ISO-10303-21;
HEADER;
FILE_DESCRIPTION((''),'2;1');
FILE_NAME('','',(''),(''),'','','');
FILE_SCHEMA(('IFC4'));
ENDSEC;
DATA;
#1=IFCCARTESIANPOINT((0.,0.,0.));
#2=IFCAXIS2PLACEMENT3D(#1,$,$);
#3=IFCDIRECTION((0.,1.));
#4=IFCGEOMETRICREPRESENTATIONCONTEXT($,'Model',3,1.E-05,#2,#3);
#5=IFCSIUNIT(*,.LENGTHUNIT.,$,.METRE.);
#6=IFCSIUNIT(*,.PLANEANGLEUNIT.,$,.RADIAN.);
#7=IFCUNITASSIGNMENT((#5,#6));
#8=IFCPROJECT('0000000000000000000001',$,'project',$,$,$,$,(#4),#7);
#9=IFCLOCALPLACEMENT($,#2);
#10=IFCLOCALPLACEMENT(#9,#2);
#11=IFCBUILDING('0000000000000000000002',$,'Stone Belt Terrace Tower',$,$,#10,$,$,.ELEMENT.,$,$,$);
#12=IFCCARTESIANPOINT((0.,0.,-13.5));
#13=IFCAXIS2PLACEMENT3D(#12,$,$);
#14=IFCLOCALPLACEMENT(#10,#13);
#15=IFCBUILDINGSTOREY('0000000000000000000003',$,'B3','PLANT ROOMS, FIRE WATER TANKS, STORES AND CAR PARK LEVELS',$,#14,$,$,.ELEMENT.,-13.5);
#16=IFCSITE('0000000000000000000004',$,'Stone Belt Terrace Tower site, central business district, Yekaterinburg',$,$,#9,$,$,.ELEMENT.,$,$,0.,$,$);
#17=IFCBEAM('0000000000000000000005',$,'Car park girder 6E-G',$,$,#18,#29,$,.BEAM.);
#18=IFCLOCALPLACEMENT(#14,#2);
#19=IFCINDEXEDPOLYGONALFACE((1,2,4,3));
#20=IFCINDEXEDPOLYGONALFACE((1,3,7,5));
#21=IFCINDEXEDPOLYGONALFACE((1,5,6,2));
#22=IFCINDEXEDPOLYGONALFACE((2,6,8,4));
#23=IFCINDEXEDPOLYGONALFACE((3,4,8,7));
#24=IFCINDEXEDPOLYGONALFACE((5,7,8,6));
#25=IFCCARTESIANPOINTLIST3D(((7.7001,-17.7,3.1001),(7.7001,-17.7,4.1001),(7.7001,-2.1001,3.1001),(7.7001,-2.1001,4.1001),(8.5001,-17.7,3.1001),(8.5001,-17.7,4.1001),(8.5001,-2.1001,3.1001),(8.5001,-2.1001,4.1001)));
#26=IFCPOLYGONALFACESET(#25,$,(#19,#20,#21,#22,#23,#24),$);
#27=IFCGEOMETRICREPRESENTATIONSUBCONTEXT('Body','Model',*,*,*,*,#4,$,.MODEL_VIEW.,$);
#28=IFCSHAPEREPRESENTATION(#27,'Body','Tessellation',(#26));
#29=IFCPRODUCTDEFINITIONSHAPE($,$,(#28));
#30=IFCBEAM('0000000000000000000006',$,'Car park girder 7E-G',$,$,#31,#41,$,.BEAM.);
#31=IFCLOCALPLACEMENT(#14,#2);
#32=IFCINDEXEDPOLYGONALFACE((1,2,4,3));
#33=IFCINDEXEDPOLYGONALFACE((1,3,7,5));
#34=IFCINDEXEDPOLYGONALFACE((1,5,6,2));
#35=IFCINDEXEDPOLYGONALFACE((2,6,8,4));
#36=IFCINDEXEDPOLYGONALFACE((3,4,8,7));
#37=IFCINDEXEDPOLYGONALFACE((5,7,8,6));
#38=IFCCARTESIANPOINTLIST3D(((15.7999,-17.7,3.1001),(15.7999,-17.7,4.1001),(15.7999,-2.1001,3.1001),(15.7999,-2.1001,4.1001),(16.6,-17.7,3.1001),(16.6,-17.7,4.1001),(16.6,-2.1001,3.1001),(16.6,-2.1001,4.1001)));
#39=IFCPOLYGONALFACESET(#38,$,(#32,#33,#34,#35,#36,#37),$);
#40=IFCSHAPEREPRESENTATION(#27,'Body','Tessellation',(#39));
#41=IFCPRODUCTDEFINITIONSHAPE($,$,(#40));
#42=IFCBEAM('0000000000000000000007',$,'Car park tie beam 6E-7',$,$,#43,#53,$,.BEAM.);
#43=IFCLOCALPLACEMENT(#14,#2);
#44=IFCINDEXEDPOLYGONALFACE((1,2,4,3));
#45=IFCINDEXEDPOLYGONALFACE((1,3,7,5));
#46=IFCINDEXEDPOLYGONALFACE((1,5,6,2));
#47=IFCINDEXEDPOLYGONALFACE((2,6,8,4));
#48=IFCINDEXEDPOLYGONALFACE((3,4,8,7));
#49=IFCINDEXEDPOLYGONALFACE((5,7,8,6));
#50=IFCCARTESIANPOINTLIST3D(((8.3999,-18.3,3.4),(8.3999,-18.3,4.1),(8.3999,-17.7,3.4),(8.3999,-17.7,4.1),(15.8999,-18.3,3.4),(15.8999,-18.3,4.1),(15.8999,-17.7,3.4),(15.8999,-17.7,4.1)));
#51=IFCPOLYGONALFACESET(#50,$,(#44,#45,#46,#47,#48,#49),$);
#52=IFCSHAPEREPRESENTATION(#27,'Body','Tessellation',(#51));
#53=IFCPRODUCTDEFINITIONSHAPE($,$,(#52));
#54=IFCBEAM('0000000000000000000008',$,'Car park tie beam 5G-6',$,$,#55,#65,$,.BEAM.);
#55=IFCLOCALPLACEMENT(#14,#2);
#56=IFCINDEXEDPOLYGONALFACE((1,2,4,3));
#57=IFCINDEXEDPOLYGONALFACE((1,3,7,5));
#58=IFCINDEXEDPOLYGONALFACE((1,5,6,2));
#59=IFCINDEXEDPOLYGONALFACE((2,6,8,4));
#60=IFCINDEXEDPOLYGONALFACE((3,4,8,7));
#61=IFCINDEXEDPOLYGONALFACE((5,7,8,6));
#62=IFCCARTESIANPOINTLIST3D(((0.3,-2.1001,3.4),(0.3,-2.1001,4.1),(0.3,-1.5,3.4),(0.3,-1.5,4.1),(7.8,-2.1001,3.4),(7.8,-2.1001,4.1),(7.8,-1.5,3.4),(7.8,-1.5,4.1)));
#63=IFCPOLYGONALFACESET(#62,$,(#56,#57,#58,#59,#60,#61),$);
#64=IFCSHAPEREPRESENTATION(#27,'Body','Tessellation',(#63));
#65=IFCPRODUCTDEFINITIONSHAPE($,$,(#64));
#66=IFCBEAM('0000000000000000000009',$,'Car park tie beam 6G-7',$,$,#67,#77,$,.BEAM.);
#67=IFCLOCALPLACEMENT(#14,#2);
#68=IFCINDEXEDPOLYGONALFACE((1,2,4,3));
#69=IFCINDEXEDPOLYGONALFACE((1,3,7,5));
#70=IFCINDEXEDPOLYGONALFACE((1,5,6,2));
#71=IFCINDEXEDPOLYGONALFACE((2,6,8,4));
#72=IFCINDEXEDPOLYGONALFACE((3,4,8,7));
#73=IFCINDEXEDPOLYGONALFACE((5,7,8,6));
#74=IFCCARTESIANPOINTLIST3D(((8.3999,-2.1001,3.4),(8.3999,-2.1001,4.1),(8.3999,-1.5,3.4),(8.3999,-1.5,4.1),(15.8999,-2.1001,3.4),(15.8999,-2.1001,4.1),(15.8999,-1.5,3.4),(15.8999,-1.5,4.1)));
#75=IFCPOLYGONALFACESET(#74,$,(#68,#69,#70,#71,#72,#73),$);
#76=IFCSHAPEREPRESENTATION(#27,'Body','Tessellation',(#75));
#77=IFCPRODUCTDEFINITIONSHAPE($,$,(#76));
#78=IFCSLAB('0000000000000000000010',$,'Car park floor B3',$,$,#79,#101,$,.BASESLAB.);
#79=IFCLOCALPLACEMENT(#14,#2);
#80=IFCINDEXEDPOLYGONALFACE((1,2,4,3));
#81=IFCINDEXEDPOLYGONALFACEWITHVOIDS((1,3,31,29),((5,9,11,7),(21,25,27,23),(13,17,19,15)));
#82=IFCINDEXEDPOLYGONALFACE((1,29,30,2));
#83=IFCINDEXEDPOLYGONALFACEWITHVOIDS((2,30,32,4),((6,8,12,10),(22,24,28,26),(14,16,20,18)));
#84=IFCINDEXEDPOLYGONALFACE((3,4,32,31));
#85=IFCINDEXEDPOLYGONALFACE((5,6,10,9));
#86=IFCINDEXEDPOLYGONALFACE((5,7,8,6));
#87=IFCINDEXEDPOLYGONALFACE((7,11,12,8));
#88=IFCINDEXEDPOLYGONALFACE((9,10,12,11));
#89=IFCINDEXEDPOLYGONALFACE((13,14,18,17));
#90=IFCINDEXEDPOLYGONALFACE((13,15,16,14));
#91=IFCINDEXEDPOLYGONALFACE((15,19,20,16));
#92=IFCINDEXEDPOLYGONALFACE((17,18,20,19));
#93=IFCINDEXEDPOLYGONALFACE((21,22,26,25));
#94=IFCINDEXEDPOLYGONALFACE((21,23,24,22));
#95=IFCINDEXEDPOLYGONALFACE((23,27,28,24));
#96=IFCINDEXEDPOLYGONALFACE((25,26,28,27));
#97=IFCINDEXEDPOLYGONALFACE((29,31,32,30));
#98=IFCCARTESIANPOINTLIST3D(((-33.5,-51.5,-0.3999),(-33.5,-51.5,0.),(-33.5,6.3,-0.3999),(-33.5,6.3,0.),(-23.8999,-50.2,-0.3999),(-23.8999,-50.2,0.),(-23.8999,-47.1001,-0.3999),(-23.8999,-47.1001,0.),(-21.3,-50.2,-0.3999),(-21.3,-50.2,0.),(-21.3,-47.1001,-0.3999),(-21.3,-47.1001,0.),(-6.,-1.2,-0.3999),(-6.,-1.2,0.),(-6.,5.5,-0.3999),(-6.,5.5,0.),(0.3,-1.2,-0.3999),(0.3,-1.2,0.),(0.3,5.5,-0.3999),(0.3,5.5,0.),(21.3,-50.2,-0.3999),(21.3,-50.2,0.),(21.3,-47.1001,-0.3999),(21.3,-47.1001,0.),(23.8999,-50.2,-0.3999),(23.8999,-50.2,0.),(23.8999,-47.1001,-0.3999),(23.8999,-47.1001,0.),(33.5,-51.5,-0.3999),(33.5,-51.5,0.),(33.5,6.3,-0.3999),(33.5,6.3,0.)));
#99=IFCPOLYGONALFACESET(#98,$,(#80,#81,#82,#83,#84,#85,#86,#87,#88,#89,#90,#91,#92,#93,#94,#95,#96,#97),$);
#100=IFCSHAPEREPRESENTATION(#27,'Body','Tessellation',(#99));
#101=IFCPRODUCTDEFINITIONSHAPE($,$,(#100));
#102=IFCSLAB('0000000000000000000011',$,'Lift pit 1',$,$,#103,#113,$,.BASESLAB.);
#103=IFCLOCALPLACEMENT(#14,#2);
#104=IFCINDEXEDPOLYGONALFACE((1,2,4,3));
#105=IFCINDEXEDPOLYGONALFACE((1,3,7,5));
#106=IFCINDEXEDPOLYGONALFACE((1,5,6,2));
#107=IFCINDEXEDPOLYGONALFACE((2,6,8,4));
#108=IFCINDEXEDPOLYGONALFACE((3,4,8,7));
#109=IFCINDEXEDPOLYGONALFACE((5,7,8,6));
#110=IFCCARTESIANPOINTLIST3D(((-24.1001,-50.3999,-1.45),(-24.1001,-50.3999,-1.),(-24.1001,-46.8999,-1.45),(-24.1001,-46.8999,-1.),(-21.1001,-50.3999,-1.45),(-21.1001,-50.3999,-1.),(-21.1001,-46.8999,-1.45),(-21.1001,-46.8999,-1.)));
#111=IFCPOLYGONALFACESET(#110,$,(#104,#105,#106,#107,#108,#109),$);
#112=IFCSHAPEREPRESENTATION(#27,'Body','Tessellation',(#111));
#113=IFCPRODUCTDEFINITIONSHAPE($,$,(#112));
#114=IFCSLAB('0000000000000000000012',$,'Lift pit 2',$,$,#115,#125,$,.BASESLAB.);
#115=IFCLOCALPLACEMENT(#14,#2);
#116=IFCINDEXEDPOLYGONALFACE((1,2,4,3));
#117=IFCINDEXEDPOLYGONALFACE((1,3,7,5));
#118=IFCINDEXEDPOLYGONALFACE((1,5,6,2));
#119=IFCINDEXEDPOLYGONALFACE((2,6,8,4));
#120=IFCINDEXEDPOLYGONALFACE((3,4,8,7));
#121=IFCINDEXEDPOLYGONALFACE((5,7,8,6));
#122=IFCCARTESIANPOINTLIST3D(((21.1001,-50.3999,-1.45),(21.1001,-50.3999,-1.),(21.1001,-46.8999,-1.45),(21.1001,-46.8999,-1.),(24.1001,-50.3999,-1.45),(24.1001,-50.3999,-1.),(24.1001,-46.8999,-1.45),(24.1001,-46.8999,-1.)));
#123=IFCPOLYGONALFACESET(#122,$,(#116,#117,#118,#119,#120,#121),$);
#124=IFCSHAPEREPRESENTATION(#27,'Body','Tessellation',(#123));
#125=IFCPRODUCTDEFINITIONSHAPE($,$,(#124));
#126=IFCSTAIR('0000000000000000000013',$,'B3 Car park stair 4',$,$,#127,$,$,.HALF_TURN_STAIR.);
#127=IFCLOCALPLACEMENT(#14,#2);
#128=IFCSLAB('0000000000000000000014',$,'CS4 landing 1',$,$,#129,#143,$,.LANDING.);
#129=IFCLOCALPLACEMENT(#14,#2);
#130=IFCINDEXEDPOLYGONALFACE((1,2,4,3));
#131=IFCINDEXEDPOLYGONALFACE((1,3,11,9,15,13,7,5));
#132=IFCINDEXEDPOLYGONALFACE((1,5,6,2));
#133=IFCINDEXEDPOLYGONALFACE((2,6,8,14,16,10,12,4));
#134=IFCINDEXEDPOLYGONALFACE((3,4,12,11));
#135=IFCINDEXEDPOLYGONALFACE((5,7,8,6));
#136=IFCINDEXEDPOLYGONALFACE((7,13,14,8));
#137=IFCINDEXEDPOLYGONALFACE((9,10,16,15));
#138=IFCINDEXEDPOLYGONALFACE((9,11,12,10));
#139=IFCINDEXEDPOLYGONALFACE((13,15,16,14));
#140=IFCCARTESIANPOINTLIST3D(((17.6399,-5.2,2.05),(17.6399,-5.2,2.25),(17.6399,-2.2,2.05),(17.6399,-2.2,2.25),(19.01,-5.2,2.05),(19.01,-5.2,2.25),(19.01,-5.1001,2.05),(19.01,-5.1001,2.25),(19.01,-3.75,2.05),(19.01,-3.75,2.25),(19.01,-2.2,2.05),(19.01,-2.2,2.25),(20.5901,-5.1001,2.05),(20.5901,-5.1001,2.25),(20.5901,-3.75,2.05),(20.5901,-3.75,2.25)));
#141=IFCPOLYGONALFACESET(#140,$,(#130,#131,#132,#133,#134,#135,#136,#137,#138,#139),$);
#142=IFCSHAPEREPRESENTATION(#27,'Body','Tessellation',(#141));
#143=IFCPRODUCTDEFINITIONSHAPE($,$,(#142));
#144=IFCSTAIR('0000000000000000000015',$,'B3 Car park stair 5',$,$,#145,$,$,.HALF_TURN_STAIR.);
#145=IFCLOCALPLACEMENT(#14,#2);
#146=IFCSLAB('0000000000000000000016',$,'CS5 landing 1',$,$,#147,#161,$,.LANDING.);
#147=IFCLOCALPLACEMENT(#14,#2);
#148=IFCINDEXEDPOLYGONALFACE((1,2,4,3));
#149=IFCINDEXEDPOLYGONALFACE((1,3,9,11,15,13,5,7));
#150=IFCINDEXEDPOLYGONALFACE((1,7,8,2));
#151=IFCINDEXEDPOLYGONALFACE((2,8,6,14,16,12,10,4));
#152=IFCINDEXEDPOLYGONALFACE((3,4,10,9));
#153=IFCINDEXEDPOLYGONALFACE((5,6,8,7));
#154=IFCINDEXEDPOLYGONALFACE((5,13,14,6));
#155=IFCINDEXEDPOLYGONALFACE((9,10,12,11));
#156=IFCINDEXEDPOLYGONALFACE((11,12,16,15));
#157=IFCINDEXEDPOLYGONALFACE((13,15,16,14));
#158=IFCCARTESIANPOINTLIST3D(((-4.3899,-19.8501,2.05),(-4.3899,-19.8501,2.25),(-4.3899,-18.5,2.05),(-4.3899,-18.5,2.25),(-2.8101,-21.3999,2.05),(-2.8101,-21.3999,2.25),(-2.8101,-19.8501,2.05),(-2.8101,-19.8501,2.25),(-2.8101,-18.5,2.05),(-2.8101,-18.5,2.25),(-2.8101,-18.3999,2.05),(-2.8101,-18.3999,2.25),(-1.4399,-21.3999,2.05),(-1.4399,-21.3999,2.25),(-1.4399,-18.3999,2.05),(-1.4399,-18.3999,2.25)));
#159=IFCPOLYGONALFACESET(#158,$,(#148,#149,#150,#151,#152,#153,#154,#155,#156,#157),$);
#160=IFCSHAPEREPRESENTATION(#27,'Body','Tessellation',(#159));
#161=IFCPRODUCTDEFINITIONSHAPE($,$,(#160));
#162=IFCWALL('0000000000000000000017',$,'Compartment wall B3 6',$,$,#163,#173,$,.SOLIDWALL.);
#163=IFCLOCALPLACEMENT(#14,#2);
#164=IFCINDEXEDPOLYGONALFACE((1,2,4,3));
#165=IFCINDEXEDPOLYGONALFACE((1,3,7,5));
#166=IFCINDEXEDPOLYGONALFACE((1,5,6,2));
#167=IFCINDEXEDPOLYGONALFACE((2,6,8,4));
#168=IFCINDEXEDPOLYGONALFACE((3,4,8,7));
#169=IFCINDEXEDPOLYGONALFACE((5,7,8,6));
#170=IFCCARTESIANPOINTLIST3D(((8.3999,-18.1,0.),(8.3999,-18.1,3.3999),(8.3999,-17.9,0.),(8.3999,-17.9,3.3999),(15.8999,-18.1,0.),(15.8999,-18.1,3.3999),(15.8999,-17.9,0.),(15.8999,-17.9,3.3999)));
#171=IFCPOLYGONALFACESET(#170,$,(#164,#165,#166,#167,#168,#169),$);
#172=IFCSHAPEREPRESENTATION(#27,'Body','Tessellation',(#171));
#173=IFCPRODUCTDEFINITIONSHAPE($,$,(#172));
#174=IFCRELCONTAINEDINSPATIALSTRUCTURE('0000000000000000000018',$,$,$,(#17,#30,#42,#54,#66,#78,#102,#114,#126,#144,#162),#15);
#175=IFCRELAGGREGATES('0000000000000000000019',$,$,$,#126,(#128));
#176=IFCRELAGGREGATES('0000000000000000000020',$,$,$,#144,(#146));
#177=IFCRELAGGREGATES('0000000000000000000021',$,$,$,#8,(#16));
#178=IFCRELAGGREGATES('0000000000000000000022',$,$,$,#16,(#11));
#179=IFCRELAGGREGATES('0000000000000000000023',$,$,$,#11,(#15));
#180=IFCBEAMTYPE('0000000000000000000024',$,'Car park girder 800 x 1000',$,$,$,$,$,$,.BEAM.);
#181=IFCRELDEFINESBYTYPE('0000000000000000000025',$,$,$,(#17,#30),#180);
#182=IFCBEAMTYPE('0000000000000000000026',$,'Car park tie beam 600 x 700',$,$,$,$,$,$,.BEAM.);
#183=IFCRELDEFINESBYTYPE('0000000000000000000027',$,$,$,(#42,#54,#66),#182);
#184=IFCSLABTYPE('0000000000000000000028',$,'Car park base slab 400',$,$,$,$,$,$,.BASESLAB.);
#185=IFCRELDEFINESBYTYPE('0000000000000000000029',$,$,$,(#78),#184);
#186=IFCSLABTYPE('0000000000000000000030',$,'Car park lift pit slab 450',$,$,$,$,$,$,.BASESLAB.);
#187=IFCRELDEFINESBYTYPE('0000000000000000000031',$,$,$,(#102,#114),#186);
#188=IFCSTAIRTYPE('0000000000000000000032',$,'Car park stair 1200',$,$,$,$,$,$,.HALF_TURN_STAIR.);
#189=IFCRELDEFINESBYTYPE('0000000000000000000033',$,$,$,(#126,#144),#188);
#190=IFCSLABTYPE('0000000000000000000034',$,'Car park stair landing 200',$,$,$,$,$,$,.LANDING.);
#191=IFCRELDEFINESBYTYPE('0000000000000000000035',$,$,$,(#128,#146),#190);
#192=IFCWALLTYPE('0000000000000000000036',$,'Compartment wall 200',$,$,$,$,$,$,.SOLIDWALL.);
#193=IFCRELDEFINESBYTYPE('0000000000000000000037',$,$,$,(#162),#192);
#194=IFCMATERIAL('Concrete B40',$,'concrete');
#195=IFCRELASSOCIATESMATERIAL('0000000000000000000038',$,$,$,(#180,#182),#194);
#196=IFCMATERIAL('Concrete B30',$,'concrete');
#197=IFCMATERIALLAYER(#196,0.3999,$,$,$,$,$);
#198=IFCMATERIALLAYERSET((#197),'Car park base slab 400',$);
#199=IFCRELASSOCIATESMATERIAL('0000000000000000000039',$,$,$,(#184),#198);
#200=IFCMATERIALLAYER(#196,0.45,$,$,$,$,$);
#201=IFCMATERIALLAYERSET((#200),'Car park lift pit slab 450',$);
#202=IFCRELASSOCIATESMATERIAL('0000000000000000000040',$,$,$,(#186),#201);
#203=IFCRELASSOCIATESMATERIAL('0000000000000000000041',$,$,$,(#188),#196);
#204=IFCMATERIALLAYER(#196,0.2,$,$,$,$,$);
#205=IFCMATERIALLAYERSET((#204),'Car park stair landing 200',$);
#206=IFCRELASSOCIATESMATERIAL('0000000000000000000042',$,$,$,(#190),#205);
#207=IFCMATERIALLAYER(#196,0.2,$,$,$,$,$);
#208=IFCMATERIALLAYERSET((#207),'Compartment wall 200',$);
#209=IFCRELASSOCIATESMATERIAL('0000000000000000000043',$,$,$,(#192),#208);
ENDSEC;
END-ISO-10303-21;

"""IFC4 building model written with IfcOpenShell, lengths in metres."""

from ifc_helpers import new_model, si_unit, direction, frame, frame_2d, origin, origin_2d, place, context, subcontext, project, spatial, polyline, rectangle, outline, extrude, material, layer, layer_set, material_profile, profile_set, type_object, element, aggregate, save


model = new_model("IFC4")

# Units and contexts
model_context = context("Model", 3, precision=1e-05, world=origin(), true_north=direction((0.0, 1.0)))
body_context = subcontext(model_context, "Body", "Model", "MODEL_VIEW")
ifc_project = project(units=[si_unit("LENGTHUNIT", "METRE"), si_unit("PLANEANGLEUNIT", "RADIAN")], contexts=[model_context])

# Site, building, storey
site_placement = place(None, origin())
site = spatial("IfcSite", under=ifc_project, at=site_placement, Name="Stone Belt Terrace Tower site, central business district, Yekaterinburg", CompositionType="ELEMENT", RefElevation=0.0)
building_placement = place(site_placement, origin())
building = spatial("IfcBuilding", under=site, at=building_placement, Name="Stone Belt Terrace Tower", CompositionType="ELEMENT")
storey_placement = place(building_placement, frame((0.0, 0.0, -13.5)))
storey = spatial("IfcBuildingStorey", under=building, at=storey_placement, Name="B3", Description="PLANT ROOMS, FIRE WATER TANKS, STORES AND CAR PARK LEVELS", CompositionType="ELEMENT", Elevation=-13.5)

# Shared definitions
ifc_material_1 = material(Name="Concrete B30", Category="concrete")

# Beams
ifc_material_2 = material(Name="Concrete B40", Category="concrete")
ifc_material_profile_1 = material_profile(ifc_material_2, rectangle(XDim=0.8, YDim=1.0, at=origin_2d()), Name="Car park girder 800 x 1000")
ifc_profile_set_1 = profile_set([ifc_material_profile_1], Name="Concrete B40")
beam_type_1 = type_object("IfcBeamType", Name="Car park girder 800 x 1000", PredefinedType="BEAM", material=ifc_profile_set_1)
for number, where, z_axis, x_axis, name in (
    (1, (8.1001, -17.7, 3.6001), (0.0, 1.0, 0.0), (-1.0, 0.0, 0.0), "Car park girder 6E-G"),
    (2, (16.2, -17.7, 3.6001), (0.0, 1.0, 0.0), (-1.0, 0.0, 0.0), "Car park girder 7E-G"),
):
    element("IfcBeam", number, at=place(storey_placement, frame(where, z_axis=z_axis, x_axis=x_axis)), inside=storey, type_object=beam_type_1, Name=name, PredefinedType="BEAM", context=body_context, shape_type="SweptSolid", body=[
        extrude(rectangle(XDim=0.8, YDim=1.0, at=origin_2d()), origin(), (0.0, 0.0, 1.0), 15.5999),
    ])
ifc_material_profile_2 = material_profile(ifc_material_2, rectangle(XDim=0.6001, YDim=0.7, at=origin_2d()), Name="Car park tie beam 600 x 700")
ifc_profile_set_2 = profile_set([ifc_material_profile_2], Name="Concrete B40")
beam_type_2 = type_object("IfcBeamType", Name="Car park tie beam 600 x 700", PredefinedType="BEAM", material=ifc_profile_set_2)
for number, where, z_axis, x_axis, name in (
    (3, (8.3999, -18.0, 3.75), (1.0, 0.0, 0.0), (0.0, 1.0, 0.0), "Car park tie beam 6E-7"),
    (4, (0.3, -1.8, 3.75), (1.0, 0.0, 0.0), (0.0, 1.0, 0.0), "Car park tie beam 5G-6"),
    (5, (8.3999, -1.8, 3.75), (1.0, 0.0, 0.0), (0.0, 1.0, 0.0), "Car park tie beam 6G-7"),
):
    element("IfcBeam", number, at=place(storey_placement, frame(where, z_axis=z_axis, x_axis=x_axis)), inside=storey, type_object=beam_type_2, Name=name, PredefinedType="BEAM", context=body_context, shape_type="SweptSolid", body=[
        extrude(rectangle(XDim=0.6001, YDim=0.7, at=origin_2d()), origin(), (0.0, 0.0, 1.0), 7.5),
    ])

# Slabs
ifc_layer_1 = layer(ifc_material_1, 0.3999)
ifc_layer_set_1 = layer_set([ifc_layer_1], Name="Car park base slab 400")
slab_type_1 = type_object("IfcSlabType", Name="Car park base slab 400", PredefinedType="BASESLAB", material=ifc_layer_set_1)
slab_1_placement = place(storey_placement, frame((0.0, 0.0, -0.3999)))
element("IfcSlab", 6, at=slab_1_placement, inside=storey, type_object=slab_type_1, Name="Car park floor B3", PredefinedType="BASESLAB", context=body_context, shape_type="SweptSolid", body=[
    extrude(outline(polyline([(-33.5, -51.5), (33.5, -51.5), (33.5, 6.3), (-33.5, 6.3), (-33.5, -51.5)]), holes=[polyline([(-6.0, -1.2), (0.3, -1.2), (0.3, 5.5), (-6.0, 5.5), (-6.0, -1.2)]), polyline([(-23.8999, -47.1001), (-23.8999, -50.2), (-21.3, -50.2), (-21.3, -47.1001), (-23.8999, -47.1001)]), polyline([(23.8999, -47.1001), (21.3, -47.1001), (21.3, -50.2), (23.8999, -50.2), (23.8999, -47.1001)])]), origin(), (0.0, 0.0, 1.0), 0.3999),
])
ifc_layer_2 = layer(ifc_material_1, 0.45)
ifc_layer_set_2 = layer_set([ifc_layer_2], Name="Car park lift pit slab 450")
slab_type_2 = type_object("IfcSlabType", Name="Car park lift pit slab 450", PredefinedType="BASESLAB", material=ifc_layer_set_2)
slab_2_placement = place(storey_placement, frame((0.0, 0.0, -1.45)))
element("IfcSlab", 7, at=slab_2_placement, inside=storey, type_object=slab_type_2, Name="Lift pit 1", PredefinedType="BASESLAB", context=body_context, shape_type="SweptSolid", body=[
    extrude(outline(polyline([(-24.1001, -50.3999), (-21.1001, -50.3999), (-21.1001, -46.8999), (-24.1001, -46.8999), (-24.1001, -50.3999)])), origin(), (0.0, 0.0, 1.0), 0.45),
])
slab_3_placement = place(storey_placement, frame((0.0, 0.0, -1.45)))
element("IfcSlab", 8, at=slab_3_placement, inside=storey, type_object=slab_type_2, Name="Lift pit 2", PredefinedType="BASESLAB", context=body_context, shape_type="SweptSolid", body=[
    extrude(outline(polyline([(21.1001, -50.3999), (24.1001, -50.3999), (24.1001, -46.8999), (21.1001, -46.8999), (21.1001, -50.3999)])), origin(), (0.0, 0.0, 1.0), 0.45),
])

# Stairs, slabs
stair_type = type_object("IfcStairType", Name="Car park stair 1200", PredefinedType="HALF_TURN_STAIR", material=ifc_material_1)
stair_1_placement = place(storey_placement, origin())
stair_1 = element("IfcStair", 9, at=stair_1_placement, inside=storey, type_object=stair_type, Name="B3 Car park stair 4", PredefinedType="HALF_TURN_STAIR")
ifc_layer_3 = layer(ifc_material_1, 0.2)
ifc_layer_set_3 = layer_set([ifc_layer_3], Name="Car park stair landing 200")
slab_type_3 = type_object("IfcSlabType", Name="Car park stair landing 200", PredefinedType="LANDING", material=ifc_layer_set_3)
slab_4_placement = place(storey_placement, frame((0.0, 0.0, 2.05)))
slab_4 = element("IfcSlab", 10, at=slab_4_placement, type_object=slab_type_3, Name="CS4 landing 1", PredefinedType="LANDING", context=body_context, shape_type="SweptSolid", body=[
    extrude(outline(polyline([(17.6399, -5.2), (19.01, -5.2), (19.01, -5.1001), (20.5901, -5.1001), (20.5901, -3.75), (19.01, -3.75), (19.01, -2.2), (17.6399, -2.2), (17.6399, -5.2)])), origin(), (0.0, 0.0, 1.0), 0.2),
])
aggregate(stair_1, [slab_4])
stair_2_placement = place(storey_placement, origin())
stair_2 = element("IfcStair", 11, at=stair_2_placement, inside=storey, type_object=stair_type, Name="B3 Car park stair 5", PredefinedType="HALF_TURN_STAIR")
slab_5_placement = place(storey_placement, frame((0.0, 0.0, 2.05)))
slab_5 = element("IfcSlab", 12, at=slab_5_placement, type_object=slab_type_3, Name="CS5 landing 1", PredefinedType="LANDING", context=body_context, shape_type="SweptSolid", body=[
    extrude(outline(polyline([(-2.8101, -21.3999), (-1.4399, -21.3999), (-1.4399, -18.3999), (-2.8101, -18.3999), (-2.8101, -18.5), (-4.3899, -18.5), (-4.3899, -19.8501), (-2.8101, -19.8501), (-2.8101, -21.3999)])), origin(), (0.0, 0.0, 1.0), 0.2),
])
aggregate(stair_2, [slab_5])

# Wall
ifc_layer_4 = layer(ifc_material_1, 0.2)
ifc_layer_set_4 = layer_set([ifc_layer_4], Name="Compartment wall 200")
wall_type = type_object("IfcWallType", Name="Compartment wall 200", PredefinedType="SOLIDWALL", material=ifc_layer_set_4)
wall_placement = place(storey_placement, frame((8.3999, -18.0, 0.0), z_axis=(0.0, 0.0, 1.0), x_axis=(1.0, 0.0, 0.0)))
element("IfcWall", 13, at=wall_placement, inside=storey, type_object=wall_type, Name="Compartment wall B3 6", PredefinedType="SOLIDWALL", context=body_context, shape_type="SweptSolid", body=[
    extrude(rectangle(XDim=7.5, YDim=0.2, at=frame_2d((3.75, 0.0))), origin(), (0.0, 0.0, 1.0), 3.3999),
])

save(model, "model.ifc")
